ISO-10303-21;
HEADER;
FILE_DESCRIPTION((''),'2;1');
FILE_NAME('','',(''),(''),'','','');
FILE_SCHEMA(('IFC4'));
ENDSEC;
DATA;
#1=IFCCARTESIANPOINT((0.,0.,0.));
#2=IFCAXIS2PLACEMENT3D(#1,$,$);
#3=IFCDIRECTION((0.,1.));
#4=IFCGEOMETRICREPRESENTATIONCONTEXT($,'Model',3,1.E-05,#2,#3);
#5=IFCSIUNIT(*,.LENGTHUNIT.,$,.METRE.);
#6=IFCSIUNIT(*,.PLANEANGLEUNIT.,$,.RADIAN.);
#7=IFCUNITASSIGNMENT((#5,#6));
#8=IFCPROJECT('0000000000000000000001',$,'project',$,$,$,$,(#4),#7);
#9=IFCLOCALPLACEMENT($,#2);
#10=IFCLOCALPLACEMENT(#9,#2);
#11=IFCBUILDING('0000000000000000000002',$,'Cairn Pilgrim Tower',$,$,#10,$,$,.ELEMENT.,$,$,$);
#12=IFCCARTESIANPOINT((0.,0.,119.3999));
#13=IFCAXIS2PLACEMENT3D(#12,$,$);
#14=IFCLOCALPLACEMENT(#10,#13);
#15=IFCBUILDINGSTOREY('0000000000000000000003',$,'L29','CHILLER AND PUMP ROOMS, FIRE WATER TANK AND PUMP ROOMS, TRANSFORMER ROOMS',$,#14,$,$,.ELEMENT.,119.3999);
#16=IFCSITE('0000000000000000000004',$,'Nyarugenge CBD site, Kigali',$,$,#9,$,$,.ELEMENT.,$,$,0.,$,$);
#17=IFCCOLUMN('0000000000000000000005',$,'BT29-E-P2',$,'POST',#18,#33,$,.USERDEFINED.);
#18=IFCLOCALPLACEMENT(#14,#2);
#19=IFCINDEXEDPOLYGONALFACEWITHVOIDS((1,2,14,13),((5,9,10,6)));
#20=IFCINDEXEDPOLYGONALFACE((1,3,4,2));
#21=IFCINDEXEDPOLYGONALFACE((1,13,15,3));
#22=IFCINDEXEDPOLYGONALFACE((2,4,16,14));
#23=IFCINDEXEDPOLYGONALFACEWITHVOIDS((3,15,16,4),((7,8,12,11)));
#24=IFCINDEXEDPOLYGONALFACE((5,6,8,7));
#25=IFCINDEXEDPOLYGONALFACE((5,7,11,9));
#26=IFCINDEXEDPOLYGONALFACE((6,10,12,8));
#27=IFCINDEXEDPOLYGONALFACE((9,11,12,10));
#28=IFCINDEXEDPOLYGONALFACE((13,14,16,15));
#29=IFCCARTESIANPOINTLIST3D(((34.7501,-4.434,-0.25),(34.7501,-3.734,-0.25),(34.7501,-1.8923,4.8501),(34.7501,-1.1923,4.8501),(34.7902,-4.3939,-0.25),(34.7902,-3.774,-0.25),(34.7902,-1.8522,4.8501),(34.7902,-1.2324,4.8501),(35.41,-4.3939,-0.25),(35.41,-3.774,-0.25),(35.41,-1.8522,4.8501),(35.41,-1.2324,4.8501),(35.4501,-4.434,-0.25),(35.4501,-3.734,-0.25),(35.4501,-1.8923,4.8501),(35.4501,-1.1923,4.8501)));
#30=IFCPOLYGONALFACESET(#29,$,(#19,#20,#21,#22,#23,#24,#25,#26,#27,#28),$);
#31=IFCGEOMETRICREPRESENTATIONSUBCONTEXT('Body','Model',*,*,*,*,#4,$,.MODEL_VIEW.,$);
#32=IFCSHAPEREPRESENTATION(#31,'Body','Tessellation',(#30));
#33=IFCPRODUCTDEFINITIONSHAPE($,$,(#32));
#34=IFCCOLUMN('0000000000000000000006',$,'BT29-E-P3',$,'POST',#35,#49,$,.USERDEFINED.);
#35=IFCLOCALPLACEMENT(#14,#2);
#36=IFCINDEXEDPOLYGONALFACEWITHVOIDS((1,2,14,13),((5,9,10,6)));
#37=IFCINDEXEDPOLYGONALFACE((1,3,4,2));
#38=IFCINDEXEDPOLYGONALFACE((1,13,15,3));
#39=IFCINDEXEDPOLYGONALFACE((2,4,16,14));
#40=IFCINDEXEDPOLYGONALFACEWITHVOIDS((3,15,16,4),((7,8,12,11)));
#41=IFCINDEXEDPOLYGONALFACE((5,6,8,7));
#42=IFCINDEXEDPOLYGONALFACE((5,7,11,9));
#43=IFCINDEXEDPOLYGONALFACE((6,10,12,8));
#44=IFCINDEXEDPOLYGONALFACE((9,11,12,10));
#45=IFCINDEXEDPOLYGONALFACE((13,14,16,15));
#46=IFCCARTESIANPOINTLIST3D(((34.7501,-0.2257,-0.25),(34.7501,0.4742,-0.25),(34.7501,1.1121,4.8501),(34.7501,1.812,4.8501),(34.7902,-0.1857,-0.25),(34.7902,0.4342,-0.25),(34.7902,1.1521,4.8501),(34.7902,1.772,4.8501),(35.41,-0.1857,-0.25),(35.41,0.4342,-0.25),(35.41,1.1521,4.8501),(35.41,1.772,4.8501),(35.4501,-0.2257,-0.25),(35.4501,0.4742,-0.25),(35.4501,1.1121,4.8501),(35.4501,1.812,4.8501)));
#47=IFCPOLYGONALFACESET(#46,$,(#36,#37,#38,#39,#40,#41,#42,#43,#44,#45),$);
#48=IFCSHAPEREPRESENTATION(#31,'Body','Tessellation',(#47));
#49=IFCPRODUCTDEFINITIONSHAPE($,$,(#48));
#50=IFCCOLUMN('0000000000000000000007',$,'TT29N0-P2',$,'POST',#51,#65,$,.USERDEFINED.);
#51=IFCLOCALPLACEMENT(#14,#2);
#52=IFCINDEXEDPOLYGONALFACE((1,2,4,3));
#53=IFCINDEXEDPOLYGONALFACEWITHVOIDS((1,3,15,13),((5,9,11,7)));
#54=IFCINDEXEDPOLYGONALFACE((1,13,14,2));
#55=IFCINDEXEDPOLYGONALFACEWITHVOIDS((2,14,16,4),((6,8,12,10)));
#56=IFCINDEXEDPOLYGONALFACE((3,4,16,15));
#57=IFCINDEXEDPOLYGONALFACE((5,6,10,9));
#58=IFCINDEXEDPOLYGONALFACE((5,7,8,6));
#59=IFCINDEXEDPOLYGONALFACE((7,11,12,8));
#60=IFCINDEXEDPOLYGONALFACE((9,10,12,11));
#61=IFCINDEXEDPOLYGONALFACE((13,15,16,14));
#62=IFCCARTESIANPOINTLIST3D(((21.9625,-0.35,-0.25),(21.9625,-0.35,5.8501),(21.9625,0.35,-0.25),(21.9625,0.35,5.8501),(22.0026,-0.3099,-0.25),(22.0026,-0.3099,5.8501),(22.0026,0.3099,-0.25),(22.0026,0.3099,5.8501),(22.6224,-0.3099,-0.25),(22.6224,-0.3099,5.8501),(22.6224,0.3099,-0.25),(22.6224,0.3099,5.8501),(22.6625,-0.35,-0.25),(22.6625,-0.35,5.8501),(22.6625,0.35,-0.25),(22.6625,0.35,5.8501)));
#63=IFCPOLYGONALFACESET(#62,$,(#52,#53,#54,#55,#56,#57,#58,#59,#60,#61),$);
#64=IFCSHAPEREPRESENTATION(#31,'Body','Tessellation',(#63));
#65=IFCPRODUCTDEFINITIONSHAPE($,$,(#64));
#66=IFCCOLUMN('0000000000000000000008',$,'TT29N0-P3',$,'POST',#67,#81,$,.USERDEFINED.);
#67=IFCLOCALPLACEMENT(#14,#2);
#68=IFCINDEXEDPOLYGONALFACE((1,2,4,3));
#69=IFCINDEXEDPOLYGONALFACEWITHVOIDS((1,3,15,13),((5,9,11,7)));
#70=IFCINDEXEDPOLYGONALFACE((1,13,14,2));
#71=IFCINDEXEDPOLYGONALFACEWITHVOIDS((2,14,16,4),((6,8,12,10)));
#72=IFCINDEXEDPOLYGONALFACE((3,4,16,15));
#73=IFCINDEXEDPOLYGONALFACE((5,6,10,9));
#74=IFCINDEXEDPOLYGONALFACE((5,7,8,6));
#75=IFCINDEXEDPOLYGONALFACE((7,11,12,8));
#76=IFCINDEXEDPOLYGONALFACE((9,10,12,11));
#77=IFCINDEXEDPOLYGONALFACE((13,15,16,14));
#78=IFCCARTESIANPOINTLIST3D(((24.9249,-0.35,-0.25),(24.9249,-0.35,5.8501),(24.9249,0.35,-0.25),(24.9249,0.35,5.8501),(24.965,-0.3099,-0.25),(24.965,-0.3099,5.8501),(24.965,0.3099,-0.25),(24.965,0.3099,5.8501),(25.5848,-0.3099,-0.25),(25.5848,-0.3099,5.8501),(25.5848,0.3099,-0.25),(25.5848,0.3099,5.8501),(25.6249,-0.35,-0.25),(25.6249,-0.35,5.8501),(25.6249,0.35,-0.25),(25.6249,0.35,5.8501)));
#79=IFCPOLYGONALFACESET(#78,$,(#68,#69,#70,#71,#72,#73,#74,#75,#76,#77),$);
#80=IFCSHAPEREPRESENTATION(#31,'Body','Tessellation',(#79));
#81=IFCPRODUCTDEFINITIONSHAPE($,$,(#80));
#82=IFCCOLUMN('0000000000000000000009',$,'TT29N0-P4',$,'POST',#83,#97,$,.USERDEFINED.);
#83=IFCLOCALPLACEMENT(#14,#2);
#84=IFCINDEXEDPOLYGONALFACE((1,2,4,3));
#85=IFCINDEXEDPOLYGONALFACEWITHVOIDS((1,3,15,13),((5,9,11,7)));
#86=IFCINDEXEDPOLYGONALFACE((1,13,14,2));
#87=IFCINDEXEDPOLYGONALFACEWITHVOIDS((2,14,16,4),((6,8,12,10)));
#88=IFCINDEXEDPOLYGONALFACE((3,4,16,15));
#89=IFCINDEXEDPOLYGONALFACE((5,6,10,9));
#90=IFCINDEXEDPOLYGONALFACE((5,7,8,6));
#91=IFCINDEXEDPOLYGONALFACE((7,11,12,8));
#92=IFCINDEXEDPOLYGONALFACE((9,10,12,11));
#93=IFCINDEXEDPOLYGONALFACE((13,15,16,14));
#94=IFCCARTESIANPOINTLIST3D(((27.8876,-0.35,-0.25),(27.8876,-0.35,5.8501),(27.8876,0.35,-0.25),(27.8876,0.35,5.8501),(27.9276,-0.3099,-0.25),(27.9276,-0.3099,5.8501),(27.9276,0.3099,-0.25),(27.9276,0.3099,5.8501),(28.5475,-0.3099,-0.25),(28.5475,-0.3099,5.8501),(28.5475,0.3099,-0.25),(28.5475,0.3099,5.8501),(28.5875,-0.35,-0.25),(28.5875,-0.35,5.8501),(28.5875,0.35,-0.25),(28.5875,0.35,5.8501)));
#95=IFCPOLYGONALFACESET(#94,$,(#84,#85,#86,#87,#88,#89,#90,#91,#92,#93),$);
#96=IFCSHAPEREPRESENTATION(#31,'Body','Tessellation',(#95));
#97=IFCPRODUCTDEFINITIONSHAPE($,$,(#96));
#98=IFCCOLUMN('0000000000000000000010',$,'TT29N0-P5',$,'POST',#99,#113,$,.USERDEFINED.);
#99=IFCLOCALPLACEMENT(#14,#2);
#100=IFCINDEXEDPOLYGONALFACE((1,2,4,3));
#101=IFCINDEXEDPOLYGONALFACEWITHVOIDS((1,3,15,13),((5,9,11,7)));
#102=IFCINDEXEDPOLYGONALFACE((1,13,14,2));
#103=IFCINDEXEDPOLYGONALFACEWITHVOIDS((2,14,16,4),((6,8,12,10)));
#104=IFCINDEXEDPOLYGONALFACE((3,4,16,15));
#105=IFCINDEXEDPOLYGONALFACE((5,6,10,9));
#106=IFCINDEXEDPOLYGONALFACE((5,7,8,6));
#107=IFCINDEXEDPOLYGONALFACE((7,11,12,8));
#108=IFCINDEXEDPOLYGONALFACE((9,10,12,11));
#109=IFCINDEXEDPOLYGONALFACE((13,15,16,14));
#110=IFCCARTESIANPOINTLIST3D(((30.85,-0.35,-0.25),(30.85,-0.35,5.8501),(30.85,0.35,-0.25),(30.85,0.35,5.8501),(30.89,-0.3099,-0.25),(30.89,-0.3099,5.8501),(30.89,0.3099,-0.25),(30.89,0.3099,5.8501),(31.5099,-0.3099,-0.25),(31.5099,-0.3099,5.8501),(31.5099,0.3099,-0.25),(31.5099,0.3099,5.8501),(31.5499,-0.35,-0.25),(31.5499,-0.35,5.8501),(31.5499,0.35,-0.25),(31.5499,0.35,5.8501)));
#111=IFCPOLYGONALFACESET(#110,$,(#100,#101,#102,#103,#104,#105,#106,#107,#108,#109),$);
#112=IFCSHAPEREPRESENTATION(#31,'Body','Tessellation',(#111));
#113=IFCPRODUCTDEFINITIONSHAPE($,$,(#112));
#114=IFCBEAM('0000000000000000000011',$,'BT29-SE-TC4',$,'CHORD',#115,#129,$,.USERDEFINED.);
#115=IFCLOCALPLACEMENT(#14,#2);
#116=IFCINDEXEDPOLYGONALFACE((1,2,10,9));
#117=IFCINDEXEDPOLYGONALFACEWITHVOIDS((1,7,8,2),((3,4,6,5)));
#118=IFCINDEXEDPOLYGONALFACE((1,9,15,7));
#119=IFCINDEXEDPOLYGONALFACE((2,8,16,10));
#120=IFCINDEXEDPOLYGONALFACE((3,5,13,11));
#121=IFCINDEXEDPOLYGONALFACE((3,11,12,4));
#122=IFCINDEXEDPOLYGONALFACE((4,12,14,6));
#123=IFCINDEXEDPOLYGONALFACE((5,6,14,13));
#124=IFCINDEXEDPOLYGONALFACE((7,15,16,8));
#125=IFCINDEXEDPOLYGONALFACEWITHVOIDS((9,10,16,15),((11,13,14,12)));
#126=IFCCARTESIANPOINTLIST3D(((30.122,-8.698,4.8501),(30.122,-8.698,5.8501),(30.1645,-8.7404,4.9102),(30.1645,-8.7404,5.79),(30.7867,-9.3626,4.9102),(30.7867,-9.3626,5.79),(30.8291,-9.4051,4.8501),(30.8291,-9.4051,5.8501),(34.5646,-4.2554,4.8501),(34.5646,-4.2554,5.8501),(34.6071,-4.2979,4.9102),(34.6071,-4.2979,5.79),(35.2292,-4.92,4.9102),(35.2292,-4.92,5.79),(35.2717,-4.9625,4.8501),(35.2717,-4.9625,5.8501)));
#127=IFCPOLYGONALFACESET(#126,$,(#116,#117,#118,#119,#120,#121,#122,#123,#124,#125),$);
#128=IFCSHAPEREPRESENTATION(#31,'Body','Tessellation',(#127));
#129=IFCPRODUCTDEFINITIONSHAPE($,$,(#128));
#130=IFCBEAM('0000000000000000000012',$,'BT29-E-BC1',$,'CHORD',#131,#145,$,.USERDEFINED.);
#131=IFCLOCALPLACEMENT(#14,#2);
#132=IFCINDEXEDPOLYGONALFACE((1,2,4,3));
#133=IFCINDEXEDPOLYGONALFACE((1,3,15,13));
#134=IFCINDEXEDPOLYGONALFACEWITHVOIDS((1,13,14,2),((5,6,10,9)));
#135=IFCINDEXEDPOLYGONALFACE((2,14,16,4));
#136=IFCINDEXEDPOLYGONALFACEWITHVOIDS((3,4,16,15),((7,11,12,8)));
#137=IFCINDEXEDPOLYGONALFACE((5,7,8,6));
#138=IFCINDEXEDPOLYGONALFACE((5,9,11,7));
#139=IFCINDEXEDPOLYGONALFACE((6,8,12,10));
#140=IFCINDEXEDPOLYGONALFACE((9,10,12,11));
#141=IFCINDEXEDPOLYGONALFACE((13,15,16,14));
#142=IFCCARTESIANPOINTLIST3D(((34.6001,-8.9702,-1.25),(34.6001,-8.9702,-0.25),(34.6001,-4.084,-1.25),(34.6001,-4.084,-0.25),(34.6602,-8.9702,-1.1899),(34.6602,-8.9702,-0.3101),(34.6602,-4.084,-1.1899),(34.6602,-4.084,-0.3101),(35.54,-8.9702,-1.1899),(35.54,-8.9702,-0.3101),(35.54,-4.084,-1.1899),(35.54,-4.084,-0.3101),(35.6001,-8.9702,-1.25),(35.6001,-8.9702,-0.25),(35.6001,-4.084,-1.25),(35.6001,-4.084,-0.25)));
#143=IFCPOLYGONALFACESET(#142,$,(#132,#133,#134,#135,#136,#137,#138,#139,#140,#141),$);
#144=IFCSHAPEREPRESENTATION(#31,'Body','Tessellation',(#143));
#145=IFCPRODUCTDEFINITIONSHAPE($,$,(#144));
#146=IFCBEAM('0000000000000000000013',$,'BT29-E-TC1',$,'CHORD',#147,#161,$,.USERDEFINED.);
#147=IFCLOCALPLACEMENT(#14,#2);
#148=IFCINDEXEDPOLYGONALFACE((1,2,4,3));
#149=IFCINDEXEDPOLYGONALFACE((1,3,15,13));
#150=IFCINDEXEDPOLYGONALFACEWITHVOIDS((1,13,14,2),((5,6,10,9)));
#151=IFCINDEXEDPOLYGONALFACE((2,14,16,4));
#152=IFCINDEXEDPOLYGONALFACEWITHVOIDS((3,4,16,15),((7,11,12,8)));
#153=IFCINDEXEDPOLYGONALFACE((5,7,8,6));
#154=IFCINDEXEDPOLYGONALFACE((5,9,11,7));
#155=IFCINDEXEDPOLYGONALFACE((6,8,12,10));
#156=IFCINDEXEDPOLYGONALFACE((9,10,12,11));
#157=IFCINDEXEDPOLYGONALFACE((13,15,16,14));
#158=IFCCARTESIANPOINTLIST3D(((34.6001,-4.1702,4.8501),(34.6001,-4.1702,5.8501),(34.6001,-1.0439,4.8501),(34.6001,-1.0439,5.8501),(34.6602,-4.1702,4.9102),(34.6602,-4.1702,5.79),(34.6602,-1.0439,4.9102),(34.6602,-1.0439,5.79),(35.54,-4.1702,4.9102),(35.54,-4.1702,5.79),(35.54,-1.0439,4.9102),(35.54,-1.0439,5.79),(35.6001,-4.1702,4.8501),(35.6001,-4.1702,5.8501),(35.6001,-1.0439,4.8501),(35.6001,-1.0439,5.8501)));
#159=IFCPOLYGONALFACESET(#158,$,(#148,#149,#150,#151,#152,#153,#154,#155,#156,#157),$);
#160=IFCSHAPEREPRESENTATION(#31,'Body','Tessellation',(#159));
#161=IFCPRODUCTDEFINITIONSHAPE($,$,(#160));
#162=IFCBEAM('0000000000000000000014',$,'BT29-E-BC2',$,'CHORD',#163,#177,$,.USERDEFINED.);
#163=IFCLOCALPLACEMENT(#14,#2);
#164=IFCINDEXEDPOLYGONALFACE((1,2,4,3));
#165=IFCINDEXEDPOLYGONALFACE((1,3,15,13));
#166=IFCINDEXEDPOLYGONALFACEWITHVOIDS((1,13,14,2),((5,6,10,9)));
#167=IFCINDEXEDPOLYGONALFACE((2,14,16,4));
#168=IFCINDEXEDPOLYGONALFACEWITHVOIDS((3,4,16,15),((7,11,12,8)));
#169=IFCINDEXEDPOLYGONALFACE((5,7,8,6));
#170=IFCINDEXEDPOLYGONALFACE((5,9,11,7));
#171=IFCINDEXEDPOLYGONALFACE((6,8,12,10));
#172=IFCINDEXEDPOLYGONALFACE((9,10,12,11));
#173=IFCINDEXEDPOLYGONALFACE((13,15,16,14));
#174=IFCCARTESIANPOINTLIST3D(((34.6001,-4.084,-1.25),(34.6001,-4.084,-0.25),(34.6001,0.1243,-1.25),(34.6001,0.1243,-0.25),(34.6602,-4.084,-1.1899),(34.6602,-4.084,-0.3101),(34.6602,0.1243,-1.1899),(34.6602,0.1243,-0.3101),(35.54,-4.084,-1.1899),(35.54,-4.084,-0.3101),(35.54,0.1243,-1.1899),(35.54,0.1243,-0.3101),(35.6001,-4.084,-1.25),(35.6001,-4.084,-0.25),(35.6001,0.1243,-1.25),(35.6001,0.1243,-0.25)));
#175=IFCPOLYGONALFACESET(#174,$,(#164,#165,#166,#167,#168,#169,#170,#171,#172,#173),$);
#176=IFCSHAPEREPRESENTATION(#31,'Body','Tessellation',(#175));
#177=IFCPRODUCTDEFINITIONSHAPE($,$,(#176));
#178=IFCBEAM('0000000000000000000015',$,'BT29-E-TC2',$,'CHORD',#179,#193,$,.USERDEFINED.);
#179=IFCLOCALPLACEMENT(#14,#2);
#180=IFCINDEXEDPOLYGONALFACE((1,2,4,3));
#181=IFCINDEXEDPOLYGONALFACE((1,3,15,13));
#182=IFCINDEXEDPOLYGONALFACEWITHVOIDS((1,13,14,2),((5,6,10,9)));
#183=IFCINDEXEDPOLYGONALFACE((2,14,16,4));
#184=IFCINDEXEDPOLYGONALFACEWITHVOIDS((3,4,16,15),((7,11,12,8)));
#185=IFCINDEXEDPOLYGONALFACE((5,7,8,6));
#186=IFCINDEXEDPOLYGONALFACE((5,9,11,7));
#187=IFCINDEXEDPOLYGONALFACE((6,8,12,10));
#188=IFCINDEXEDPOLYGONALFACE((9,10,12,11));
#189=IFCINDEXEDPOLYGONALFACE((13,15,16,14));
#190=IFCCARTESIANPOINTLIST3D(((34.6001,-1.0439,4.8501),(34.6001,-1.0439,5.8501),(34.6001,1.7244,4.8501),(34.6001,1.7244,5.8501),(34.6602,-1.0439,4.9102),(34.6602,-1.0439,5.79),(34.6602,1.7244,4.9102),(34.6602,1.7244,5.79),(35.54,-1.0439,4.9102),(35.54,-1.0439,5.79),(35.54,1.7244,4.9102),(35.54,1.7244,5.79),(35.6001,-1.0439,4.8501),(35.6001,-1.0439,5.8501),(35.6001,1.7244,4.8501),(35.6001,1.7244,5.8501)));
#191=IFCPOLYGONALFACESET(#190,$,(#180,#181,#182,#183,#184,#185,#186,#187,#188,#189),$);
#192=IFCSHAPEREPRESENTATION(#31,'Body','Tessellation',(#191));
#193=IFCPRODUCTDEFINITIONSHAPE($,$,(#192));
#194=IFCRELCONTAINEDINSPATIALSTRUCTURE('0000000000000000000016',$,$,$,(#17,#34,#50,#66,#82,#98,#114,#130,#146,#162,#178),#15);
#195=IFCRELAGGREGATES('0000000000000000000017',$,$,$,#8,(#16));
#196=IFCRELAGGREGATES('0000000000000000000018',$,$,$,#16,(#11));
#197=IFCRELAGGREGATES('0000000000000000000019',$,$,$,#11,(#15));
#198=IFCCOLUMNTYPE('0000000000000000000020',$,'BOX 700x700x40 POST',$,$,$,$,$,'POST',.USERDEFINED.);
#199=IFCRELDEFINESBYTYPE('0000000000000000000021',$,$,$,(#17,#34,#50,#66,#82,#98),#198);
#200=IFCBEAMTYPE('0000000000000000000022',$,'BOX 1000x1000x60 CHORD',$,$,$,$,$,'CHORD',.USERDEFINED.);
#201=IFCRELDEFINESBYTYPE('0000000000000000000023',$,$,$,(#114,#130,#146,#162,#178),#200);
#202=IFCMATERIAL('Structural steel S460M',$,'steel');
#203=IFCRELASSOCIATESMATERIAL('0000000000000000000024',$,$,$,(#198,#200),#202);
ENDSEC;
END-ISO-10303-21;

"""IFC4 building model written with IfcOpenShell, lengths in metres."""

from ifc_helpers import new_model, si_unit, direction, frame, origin, origin_2d, place, context, subcontext, project, spatial, hollow_rectangle, extrude, clip, halfspace, material, material_profile, profile_set, type_object, element, save


model = new_model("IFC4")

# Units and contexts
model_context = context("Model", 3, precision=1e-05, world=origin(), true_north=direction((0.0, 1.0)))
body_context = subcontext(model_context, "Body", "Model", "MODEL_VIEW")
ifc_project = project(units=[si_unit("LENGTHUNIT", "METRE"), si_unit("PLANEANGLEUNIT", "RADIAN")], contexts=[model_context])

# Site, building, storey
site_placement = place(None, origin())
site = spatial("IfcSite", under=ifc_project, at=site_placement, Name="Nyarugenge CBD site, Kigali", CompositionType="ELEMENT", RefElevation=0.0)
building_placement = place(site_placement, origin())
building = spatial("IfcBuilding", under=site, at=building_placement, Name="Cairn Pilgrim Tower", CompositionType="ELEMENT")
storey_placement = place(building_placement, frame((0.0, 0.0, 119.3999)))
storey = spatial("IfcBuildingStorey", under=building, at=storey_placement, Name="L29", Description="CHILLER AND PUMP ROOMS, FIRE WATER TANK AND PUMP ROOMS, TRANSFORMER ROOMS", CompositionType="ELEMENT", Elevation=119.3999)

# Columns
ifc_material_1 = material(Name="Structural steel S460M", Category="steel")
ifc_material_profile_1 = material_profile(ifc_material_1, hollow_rectangle(XDim=0.7, YDim=0.7, WallThickness=0.04, at=origin_2d()), Name="BOX 700x700x40")
ifc_profile_set_1 = profile_set([ifc_material_profile_1], Name="Structural steel S460M")
column_type = type_object("IfcColumnType", Name="BOX 700x700x40 POST", ElementType="POST", PredefinedType="USERDEFINED", material=ifc_profile_set_1)
column_1_placement = place(storey_placement, frame((35.1001, -4.084, -0.25), z_axis=(0.0, 0.0, 1.0), x_axis=(1.0, 0.0, 0.0)))
element("IfcColumn", 1, at=column_1_placement, inside=storey, type_object=column_type, Name="BT29-E-P2", ObjectType="POST", PredefinedType="USERDEFINED", context=body_context, shape_type="Clipping", body=[
    clip(extrude(hollow_rectangle(XDim=0.7, YDim=0.7, WallThickness=0.04, at=origin_2d()), origin(), (0.0, 0.446038, 0.895014), 6.8157), halfspace(frame((0.0, 0.0, 5.1001), z_axis=(0.0, 0.0, 1.0), x_axis=(1.0, 0.0, 0.0)), False)),
])
column_2_placement = place(storey_placement, frame((35.1001, 0.1243, -0.25), z_axis=(0.0, 0.0, 1.0), x_axis=(1.0, 0.0, 0.0)))
element("IfcColumn", 2, at=column_2_placement, inside=storey, type_object=column_type, Name="BT29-E-P3", ObjectType="POST", PredefinedType="USERDEFINED", context=body_context, shape_type="Clipping", body=[
    clip(extrude(hollow_rectangle(XDim=0.7, YDim=0.7, WallThickness=0.04, at=origin_2d()), origin(), (0.0, 0.253723, 0.967277), 6.3064), halfspace(frame((0.0, 0.0, 5.1001), z_axis=(0.0, 0.0, 1.0), x_axis=(1.0, 0.0, 0.0)), False)),
])
for number, where, z_axis, x_axis, name in (
    (3, (22.3125, 0.0, -0.25), (0.0, 0.0, 1.0), (1.0, 0.0, 0.0), "TT29N0-P2"),
    (4, (25.2749, 0.0, -0.25), (0.0, 0.0, 1.0), (1.0, 0.0, 0.0), "TT29N0-P3"),
    (5, (28.2375, 0.0, -0.25), (0.0, 0.0, 1.0), (1.0, 0.0, 0.0), "TT29N0-P4"),
    (6, (31.2, 0.0, -0.25), (0.0, 0.0, 1.0), (1.0, 0.0, 0.0), "TT29N0-P5"),
):
    element("IfcColumn", number, at=place(storey_placement, frame(where, z_axis=z_axis, x_axis=x_axis)), inside=storey, type_object=column_type, Name=name, ObjectType="POST", PredefinedType="USERDEFINED", context=body_context, shape_type="SweptSolid", body=[
        extrude(hollow_rectangle(XDim=0.7, YDim=0.7, WallThickness=0.04, at=origin_2d()), origin(), (0.0, 0.0, 1.0), 6.1001),
    ])

# Beams
ifc_material_profile_2 = material_profile(ifc_material_1, hollow_rectangle(XDim=1.0, YDim=1.0, WallThickness=0.0601, at=origin_2d()), Name="BOX 1000x1000x60")
ifc_profile_set_2 = profile_set([ifc_material_profile_2], Name="Structural steel S460M")
beam_type_1 = type_object("IfcBeamType", Name="BOX 1000x1000x60 CHORD", ElementType="CHORD", PredefinedType="USERDEFINED", material=ifc_profile_set_2)
beam_1_placement = place(storey_placement, frame((30.4756, -9.0515, 5.3501), z_axis=(0.707107, 0.707107, 0.0), x_axis=(-0.707107, 0.707107, 0.0)))
element("IfcBeam", 7, at=beam_1_placement, inside=storey, type_object=beam_type_1, Name="BT29-SE-TC4", ObjectType="CHORD", PredefinedType="USERDEFINED", context=body_context, shape_type="SweptSolid", body=[
    extrude(hollow_rectangle(XDim=1.0, YDim=1.0, WallThickness=0.0601, at=origin_2d()), origin(), (0.0, 0.0, 1.0), 6.2827),
])
beam_2_placement = place(storey_placement, frame((35.1001, -8.9702, -0.75), z_axis=(0.0, 1.0, 0.0), x_axis=(-1.0, 0.0, 0.0)))
element("IfcBeam", 8, at=beam_2_placement, inside=storey, type_object=beam_type_1, Name="BT29-E-BC1", ObjectType="CHORD", PredefinedType="USERDEFINED", context=body_context, shape_type="SweptSolid", body=[
    extrude(hollow_rectangle(XDim=1.0, YDim=1.0, WallThickness=0.0601, at=origin_2d()), origin(), (0.0, 0.0, 1.0), 4.8862),
])
beam_3_placement = place(storey_placement, frame((35.1001, -4.1702, 5.3501), z_axis=(0.0, 1.0, 0.0), x_axis=(-1.0, 0.0, 0.0)))
element("IfcBeam", 9, at=beam_3_placement, inside=storey, type_object=beam_type_1, Name="BT29-E-TC1", ObjectType="CHORD", PredefinedType="USERDEFINED", context=body_context, shape_type="SweptSolid", body=[
    extrude(hollow_rectangle(XDim=1.0, YDim=1.0, WallThickness=0.0601, at=origin_2d()), origin(), (0.0, 0.0, 1.0), 3.1262),
])
beam_4_placement = place(storey_placement, frame((35.1001, -4.084, -0.75), z_axis=(0.0, 1.0, 0.0), x_axis=(-1.0, 0.0, 0.0)))
element("IfcBeam", 10, at=beam_4_placement, inside=storey, type_object=beam_type_1, Name="BT29-E-BC2", ObjectType="CHORD", PredefinedType="USERDEFINED", context=body_context, shape_type="SweptSolid", body=[
    extrude(hollow_rectangle(XDim=1.0, YDim=1.0, WallThickness=0.0601, at=origin_2d()), origin(), (0.0, 0.0, 1.0), 4.2083),
])
beam_5_placement = place(storey_placement, frame((35.1001, -1.0439, 5.3501), z_axis=(0.0, 1.0, 0.0), x_axis=(-1.0, 0.0, 0.0)))
element("IfcBeam", 11, at=beam_5_placement, inside=storey, type_object=beam_type_1, Name="BT29-E-TC2", ObjectType="CHORD", PredefinedType="USERDEFINED", context=body_context, shape_type="SweptSolid", body=[
    extrude(hollow_rectangle(XDim=1.0, YDim=1.0, WallThickness=0.0601, at=origin_2d()), origin(), (0.0, 0.0, 1.0), 2.7683),
])

save(model, "model.ifc")
